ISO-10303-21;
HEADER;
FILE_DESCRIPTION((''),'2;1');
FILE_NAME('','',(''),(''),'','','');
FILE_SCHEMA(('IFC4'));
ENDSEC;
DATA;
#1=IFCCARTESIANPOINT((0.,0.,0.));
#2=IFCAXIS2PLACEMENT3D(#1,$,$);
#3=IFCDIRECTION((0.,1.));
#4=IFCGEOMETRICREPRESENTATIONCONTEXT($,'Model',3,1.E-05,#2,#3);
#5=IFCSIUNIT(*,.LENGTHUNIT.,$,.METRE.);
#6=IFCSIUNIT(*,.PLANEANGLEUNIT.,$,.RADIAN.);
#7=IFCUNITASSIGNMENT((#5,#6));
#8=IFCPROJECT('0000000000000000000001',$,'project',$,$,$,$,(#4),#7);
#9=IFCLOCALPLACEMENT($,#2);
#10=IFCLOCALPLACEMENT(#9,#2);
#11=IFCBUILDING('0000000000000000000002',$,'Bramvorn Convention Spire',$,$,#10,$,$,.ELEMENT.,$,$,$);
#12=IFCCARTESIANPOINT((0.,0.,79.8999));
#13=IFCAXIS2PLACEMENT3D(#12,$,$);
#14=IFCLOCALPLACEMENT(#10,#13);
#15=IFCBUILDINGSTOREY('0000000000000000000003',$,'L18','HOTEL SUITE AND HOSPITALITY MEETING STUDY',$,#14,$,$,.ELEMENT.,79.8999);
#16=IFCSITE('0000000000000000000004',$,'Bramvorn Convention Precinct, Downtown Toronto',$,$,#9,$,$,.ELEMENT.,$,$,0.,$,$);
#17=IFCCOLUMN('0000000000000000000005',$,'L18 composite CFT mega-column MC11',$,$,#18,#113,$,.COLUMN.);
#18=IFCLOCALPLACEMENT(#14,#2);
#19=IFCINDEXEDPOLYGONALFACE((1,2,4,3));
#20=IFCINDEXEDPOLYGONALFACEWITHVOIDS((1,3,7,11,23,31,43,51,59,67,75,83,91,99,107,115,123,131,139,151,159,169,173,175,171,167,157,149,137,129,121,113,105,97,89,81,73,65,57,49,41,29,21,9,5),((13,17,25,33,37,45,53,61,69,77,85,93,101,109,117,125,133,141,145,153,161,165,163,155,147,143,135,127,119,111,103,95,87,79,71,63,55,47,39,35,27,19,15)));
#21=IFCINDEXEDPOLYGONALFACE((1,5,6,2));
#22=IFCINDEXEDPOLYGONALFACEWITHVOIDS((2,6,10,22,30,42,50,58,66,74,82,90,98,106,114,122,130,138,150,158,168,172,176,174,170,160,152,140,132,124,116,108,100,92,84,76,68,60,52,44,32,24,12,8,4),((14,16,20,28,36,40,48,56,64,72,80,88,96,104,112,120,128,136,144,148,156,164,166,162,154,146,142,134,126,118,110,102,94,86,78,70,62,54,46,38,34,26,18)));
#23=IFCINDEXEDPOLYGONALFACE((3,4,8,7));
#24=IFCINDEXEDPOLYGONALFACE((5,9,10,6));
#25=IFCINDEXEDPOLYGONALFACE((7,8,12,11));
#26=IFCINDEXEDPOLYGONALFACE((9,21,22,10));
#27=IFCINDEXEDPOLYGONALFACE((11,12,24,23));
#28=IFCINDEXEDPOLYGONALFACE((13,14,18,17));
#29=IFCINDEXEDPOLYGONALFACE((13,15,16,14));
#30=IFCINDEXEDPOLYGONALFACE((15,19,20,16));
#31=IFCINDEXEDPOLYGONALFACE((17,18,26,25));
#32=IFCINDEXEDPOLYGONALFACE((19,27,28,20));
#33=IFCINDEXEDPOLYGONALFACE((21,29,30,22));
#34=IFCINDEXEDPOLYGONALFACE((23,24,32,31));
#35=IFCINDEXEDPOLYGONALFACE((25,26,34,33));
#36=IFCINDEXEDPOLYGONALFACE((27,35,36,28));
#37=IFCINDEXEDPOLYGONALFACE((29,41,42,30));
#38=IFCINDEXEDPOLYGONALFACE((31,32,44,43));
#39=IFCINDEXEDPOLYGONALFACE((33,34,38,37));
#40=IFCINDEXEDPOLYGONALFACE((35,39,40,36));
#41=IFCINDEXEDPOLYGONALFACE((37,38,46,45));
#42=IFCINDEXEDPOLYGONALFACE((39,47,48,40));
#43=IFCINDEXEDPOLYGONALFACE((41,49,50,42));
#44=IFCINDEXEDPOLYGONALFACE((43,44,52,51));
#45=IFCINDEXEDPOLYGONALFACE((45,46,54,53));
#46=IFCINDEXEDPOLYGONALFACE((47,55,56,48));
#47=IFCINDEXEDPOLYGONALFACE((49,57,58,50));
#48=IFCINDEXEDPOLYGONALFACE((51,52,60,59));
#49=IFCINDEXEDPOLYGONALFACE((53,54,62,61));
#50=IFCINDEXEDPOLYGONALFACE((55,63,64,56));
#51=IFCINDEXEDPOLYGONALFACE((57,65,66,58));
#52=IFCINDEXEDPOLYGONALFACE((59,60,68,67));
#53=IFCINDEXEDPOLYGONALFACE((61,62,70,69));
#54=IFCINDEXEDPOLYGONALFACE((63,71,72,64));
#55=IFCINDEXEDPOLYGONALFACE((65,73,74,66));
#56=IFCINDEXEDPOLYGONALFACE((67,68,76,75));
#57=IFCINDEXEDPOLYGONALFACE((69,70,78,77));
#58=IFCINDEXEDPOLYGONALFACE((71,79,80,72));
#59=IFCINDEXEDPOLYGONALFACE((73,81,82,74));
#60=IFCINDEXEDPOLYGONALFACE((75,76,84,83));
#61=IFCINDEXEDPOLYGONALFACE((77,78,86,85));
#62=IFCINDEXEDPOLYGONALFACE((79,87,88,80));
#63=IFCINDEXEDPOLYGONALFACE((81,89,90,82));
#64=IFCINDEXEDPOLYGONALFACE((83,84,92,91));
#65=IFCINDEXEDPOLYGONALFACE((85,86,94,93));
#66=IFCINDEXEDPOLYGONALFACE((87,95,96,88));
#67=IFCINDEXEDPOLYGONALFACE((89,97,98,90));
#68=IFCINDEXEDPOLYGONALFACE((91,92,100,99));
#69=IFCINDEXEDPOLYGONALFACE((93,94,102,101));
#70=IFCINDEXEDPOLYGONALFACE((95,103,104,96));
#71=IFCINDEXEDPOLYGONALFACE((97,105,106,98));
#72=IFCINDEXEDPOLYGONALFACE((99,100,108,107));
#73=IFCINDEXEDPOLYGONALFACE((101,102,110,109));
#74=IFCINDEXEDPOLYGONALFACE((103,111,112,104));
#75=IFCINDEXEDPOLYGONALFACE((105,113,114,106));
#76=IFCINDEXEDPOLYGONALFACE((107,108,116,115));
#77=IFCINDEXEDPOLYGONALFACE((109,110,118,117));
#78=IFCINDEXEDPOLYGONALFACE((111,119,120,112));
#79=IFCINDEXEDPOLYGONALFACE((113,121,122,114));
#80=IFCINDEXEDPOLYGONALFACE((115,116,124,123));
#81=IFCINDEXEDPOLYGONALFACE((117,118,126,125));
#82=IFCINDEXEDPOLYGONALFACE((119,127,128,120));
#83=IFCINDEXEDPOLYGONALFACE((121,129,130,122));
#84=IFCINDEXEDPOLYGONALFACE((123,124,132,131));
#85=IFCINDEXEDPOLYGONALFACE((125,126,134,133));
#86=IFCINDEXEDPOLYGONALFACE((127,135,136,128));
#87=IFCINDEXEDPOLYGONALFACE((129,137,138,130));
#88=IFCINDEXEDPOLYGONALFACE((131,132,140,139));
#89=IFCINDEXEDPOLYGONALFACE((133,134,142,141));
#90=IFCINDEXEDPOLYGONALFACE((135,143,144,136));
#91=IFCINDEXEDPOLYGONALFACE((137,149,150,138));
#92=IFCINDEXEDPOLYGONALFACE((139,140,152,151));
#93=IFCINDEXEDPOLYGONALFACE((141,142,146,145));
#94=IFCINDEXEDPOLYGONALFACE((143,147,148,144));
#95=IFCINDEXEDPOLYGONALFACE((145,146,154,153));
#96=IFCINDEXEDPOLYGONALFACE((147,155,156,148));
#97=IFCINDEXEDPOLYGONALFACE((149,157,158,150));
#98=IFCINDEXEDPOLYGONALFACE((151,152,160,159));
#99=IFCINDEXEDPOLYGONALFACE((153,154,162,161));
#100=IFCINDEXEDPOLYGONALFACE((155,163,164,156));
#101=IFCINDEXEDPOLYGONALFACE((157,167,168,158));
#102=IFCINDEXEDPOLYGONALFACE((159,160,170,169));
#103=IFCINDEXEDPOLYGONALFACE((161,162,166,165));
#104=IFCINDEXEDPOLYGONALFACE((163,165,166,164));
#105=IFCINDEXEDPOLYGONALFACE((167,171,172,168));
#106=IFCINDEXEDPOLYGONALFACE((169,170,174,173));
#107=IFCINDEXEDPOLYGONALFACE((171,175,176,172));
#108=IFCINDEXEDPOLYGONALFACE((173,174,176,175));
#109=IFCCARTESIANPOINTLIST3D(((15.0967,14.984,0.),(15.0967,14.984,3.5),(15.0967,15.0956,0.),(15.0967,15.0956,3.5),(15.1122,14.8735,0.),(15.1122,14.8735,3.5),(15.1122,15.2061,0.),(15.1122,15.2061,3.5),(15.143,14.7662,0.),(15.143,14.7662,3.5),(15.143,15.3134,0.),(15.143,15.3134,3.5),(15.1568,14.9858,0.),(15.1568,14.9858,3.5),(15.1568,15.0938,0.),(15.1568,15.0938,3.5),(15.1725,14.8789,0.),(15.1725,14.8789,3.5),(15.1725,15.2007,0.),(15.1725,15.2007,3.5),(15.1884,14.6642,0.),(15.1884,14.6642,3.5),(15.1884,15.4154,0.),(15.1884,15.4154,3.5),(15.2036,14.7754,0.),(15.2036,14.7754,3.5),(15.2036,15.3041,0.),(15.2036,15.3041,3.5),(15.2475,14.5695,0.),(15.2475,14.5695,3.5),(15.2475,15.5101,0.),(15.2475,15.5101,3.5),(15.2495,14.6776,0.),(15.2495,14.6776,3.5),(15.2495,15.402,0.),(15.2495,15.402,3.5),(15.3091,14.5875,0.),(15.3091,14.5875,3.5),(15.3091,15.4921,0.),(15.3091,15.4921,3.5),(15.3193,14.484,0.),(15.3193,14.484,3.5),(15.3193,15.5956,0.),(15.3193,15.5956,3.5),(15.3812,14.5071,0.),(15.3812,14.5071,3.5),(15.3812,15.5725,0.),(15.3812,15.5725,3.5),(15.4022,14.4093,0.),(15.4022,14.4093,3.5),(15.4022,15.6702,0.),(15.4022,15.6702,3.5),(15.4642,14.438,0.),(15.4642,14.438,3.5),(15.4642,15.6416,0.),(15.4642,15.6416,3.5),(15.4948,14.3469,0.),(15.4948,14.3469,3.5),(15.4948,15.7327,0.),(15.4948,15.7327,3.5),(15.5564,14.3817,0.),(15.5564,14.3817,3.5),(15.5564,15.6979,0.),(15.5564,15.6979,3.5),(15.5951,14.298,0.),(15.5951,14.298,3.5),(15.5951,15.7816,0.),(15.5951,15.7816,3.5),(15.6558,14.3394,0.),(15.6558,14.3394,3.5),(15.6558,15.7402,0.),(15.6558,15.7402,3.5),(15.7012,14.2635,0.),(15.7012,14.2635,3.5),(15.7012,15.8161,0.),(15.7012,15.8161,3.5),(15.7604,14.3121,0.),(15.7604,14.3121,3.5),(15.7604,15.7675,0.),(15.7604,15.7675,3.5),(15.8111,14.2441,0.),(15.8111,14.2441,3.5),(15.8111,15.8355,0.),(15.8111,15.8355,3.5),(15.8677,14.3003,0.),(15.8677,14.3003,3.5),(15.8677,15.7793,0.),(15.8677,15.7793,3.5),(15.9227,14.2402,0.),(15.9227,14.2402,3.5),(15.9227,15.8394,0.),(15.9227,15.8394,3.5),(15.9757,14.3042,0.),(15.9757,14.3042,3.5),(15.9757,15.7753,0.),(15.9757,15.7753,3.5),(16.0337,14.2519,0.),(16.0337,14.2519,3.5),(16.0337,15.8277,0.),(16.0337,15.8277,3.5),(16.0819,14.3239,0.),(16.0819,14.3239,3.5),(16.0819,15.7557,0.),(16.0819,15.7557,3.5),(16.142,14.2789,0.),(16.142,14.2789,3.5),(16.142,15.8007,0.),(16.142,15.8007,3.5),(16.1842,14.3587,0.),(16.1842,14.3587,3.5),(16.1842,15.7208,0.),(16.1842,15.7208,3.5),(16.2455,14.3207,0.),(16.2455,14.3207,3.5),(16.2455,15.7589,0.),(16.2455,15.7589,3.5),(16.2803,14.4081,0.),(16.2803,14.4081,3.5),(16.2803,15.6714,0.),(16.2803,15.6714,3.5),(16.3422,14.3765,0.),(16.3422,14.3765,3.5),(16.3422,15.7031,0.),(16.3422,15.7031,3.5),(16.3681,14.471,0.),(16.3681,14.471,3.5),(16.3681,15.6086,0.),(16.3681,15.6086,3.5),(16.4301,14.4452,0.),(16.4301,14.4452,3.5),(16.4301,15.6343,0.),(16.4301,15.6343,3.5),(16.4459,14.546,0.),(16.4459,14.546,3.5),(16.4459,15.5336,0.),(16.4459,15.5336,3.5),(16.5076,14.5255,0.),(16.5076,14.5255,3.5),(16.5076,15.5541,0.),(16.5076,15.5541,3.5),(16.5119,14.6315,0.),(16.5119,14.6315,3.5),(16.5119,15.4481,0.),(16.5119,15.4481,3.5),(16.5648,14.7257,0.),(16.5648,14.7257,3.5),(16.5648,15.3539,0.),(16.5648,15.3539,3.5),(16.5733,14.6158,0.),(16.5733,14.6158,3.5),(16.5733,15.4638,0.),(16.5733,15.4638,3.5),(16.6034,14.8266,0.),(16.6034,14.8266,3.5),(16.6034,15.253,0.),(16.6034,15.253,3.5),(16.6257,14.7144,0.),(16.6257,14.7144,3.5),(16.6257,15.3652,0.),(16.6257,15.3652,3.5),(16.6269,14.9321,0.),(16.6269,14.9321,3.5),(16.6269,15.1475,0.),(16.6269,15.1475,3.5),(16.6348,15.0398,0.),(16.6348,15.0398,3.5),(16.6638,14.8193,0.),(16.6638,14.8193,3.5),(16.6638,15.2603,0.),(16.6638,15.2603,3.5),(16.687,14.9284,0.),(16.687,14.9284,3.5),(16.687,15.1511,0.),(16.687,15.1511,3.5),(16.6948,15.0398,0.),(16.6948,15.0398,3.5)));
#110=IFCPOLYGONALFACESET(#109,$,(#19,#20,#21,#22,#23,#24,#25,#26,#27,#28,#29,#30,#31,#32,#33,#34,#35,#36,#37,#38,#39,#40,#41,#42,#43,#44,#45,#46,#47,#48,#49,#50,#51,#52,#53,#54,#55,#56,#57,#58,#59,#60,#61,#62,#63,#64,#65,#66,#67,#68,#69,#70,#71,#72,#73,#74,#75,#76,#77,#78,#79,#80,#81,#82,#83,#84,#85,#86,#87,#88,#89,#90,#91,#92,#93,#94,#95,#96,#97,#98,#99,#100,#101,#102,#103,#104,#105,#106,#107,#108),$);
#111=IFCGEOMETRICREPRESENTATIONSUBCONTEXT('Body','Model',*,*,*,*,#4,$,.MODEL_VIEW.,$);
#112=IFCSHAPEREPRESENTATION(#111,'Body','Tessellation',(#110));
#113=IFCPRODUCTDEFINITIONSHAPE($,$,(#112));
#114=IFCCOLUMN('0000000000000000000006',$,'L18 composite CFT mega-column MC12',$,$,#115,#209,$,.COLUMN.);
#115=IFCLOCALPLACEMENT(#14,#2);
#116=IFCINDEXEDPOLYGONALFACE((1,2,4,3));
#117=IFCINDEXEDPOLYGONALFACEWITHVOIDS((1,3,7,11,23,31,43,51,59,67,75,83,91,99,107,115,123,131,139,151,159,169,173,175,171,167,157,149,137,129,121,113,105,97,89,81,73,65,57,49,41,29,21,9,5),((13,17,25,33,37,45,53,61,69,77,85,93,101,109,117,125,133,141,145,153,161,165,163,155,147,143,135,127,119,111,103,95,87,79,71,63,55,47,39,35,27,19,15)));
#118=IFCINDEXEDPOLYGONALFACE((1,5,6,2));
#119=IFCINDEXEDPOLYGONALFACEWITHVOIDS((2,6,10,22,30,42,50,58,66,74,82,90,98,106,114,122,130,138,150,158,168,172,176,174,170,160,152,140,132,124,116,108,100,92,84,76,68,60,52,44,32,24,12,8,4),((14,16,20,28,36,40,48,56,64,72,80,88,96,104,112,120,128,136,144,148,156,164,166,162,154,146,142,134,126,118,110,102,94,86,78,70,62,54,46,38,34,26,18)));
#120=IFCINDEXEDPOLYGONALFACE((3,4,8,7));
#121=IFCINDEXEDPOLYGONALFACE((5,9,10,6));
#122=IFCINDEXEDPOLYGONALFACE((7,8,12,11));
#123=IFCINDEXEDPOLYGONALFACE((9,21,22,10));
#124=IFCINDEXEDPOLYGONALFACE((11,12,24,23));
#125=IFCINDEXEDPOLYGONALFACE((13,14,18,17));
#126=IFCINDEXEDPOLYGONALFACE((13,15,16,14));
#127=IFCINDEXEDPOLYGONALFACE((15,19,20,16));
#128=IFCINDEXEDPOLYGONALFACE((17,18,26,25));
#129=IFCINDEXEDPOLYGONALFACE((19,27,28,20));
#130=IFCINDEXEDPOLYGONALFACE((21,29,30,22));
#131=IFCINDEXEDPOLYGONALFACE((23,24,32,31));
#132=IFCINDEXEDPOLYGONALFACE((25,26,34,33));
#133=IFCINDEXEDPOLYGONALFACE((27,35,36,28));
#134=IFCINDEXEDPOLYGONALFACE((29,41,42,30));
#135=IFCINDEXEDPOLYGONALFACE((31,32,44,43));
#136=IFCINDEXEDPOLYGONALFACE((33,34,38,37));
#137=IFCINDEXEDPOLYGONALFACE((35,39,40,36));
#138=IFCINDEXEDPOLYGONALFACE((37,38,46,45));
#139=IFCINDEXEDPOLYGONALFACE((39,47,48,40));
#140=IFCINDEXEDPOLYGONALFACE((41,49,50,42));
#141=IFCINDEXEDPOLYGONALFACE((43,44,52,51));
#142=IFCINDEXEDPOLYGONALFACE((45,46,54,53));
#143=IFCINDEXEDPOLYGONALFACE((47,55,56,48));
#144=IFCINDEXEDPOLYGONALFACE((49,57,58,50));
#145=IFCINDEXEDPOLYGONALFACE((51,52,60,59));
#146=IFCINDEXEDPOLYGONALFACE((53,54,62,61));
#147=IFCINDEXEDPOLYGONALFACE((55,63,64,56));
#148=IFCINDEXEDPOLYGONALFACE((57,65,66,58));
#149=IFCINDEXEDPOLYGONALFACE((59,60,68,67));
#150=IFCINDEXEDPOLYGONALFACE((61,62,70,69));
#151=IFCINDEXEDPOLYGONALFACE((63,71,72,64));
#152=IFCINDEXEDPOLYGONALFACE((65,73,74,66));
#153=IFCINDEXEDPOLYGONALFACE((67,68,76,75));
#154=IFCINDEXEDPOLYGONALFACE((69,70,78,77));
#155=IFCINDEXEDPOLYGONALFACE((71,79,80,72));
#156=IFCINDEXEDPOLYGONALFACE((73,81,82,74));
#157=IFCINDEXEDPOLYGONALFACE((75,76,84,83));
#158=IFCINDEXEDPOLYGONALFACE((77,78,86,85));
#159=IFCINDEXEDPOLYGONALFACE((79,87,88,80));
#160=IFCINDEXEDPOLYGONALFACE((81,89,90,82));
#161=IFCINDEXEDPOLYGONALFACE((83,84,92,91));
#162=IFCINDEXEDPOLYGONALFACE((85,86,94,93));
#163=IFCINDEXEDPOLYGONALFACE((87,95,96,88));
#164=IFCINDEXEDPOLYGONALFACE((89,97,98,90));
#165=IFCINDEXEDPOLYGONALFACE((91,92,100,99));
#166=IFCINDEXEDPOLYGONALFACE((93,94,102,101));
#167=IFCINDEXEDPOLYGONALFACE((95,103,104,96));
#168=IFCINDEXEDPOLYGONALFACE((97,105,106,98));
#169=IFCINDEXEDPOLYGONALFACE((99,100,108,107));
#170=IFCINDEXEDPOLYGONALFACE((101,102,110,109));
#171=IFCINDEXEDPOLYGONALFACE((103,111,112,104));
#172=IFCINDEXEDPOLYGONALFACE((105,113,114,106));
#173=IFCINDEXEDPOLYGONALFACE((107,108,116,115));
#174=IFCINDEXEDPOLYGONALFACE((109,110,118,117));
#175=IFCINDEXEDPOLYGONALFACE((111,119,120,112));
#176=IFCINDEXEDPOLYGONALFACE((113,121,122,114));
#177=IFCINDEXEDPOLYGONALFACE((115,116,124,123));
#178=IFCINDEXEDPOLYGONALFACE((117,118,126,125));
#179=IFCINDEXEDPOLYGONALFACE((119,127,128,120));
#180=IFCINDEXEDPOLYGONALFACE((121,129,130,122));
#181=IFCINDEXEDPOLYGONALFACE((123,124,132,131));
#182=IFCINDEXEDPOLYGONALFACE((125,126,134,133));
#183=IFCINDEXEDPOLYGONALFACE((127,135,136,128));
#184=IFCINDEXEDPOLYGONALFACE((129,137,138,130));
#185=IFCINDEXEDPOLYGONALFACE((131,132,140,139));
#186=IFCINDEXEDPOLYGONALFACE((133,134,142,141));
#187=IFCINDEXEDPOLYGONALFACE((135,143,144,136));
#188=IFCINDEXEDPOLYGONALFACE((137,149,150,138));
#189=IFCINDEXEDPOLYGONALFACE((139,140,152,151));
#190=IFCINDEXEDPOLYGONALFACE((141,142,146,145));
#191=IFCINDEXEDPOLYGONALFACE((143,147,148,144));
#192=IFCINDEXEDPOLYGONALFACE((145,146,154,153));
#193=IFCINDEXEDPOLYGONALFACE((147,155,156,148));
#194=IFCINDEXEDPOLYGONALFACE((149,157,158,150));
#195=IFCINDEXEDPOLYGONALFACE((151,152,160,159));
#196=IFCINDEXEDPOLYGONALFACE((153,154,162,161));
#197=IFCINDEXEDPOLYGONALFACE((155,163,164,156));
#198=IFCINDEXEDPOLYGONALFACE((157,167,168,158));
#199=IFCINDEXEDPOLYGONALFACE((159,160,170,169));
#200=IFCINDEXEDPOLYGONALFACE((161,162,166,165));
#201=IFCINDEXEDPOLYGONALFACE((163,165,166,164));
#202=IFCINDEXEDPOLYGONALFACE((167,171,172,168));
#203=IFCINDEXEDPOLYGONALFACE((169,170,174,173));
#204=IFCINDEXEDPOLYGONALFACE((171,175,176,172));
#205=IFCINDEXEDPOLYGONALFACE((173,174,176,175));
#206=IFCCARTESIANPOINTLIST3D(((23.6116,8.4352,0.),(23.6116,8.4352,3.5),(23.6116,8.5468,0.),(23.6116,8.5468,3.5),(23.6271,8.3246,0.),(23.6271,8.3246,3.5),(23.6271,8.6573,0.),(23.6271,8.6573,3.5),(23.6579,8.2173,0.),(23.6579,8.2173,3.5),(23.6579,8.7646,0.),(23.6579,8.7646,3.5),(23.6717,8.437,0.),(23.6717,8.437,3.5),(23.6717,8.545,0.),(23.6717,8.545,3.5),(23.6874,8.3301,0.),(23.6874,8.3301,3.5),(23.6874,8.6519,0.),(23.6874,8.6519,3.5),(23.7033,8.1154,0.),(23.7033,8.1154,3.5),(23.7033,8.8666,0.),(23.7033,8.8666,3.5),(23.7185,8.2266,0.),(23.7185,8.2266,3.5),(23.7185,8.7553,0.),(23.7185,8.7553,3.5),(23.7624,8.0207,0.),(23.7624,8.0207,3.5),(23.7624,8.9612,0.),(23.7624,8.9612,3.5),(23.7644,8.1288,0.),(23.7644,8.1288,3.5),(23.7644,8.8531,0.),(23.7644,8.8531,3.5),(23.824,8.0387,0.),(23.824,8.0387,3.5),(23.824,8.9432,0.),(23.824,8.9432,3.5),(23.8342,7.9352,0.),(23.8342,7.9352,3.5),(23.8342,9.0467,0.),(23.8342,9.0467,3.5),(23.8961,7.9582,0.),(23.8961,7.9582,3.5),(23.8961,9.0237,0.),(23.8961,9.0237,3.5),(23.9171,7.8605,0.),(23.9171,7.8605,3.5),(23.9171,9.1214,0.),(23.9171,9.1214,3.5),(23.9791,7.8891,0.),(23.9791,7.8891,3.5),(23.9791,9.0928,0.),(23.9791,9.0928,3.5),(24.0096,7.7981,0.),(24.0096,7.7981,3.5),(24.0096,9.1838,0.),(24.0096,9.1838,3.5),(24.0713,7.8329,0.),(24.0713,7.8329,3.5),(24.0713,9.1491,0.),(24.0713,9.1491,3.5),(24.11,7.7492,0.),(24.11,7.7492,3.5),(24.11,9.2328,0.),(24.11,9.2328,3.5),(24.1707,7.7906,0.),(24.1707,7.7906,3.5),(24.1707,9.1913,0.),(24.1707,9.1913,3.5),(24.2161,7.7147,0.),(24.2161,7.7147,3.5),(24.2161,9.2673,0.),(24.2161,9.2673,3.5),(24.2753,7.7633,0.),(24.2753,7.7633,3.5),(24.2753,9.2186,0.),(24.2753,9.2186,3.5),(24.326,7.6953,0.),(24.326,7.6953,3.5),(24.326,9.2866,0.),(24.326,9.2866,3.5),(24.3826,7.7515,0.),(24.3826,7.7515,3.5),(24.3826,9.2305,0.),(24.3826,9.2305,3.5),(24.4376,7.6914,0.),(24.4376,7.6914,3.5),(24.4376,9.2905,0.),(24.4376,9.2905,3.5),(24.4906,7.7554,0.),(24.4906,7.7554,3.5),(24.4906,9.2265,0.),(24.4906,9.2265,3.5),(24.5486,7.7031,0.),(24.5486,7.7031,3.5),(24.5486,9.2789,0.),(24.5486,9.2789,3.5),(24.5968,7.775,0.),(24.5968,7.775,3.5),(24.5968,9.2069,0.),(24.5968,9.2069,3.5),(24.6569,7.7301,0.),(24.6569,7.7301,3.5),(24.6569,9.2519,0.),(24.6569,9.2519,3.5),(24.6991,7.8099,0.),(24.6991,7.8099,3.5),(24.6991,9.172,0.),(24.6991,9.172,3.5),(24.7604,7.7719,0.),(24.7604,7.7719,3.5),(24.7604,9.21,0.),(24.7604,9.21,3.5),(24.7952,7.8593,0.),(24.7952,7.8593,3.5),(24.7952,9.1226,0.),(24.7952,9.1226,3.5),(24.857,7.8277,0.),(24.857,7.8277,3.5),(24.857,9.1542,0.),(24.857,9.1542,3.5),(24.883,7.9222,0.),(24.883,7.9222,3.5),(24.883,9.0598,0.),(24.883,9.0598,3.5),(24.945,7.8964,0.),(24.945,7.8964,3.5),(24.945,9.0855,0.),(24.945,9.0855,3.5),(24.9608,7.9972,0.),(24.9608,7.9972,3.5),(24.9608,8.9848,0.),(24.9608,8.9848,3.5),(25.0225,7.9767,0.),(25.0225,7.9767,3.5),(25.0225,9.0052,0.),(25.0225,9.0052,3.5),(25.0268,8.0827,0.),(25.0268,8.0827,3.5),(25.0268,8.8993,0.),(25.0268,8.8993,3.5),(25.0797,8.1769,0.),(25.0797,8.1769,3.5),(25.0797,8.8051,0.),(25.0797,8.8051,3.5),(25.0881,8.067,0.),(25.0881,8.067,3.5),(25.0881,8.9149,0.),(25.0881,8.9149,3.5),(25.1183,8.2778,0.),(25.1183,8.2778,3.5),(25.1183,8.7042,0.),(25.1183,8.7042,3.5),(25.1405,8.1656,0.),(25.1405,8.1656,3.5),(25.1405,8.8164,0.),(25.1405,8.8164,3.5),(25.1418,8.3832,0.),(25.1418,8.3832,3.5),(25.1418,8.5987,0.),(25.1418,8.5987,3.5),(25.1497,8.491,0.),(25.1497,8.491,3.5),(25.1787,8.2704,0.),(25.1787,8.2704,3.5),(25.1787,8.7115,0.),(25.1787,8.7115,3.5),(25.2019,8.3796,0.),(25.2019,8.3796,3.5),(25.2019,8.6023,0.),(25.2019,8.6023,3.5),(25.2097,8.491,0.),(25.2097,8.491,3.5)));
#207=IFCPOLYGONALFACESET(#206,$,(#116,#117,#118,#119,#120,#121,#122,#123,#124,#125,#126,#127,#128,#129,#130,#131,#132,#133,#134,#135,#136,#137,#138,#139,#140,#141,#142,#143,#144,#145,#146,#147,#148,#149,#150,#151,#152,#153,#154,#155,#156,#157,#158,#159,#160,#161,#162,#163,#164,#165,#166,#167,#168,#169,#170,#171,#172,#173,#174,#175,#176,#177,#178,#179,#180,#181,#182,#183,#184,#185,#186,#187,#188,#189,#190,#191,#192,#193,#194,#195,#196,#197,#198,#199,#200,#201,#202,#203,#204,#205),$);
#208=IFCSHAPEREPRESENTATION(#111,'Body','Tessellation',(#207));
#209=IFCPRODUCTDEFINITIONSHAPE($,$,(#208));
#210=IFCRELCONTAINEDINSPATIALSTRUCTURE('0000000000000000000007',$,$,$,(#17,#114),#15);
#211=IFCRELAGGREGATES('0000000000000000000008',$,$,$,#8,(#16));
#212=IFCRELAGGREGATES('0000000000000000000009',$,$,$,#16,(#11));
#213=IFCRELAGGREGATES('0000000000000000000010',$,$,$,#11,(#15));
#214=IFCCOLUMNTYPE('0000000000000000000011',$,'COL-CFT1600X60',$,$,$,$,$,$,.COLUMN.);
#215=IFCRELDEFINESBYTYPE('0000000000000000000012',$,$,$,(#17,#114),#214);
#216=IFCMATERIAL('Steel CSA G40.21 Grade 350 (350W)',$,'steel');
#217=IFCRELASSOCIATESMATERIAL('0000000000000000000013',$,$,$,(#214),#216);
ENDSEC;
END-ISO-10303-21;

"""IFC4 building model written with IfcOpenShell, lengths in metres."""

from ifc_helpers import new_model, si_unit, direction, frame, origin, origin_2d, place, context, subcontext, project, spatial, hollow_circle, extrude, material, material_profile, profile_set, type_object, element, save


model = new_model("IFC4")

# Units and contexts
model_context = context("Model", 3, precision=1e-05, world=origin(), true_north=direction((0.0, 1.0)))
body_context = subcontext(model_context, "Body", "Model", "MODEL_VIEW")
ifc_project = project(units=[si_unit("LENGTHUNIT", "METRE"), si_unit("PLANEANGLEUNIT", "RADIAN")], contexts=[model_context])

# Site, building, storey
site_placement = place(None, origin())
site = spatial("IfcSite", under=ifc_project, at=site_placement, Name="Bramvorn Convention Precinct, Downtown Toronto", CompositionType="ELEMENT", RefElevation=0.0)
building_placement = place(site_placement, origin())
building = spatial("IfcBuilding", under=site, at=building_placement, Name="Bramvorn Convention Spire", CompositionType="ELEMENT")
storey_placement = place(building_placement, frame((0.0, 0.0, 79.8999)))
storey = spatial("IfcBuildingStorey", under=building, at=storey_placement, Name="L18", Description="HOTEL SUITE AND HOSPITALITY MEETING STUDY", CompositionType="ELEMENT", Elevation=79.8999)

# Columns
ifc_material_1 = material(Name="Steel CSA G40.21 Grade 350 (350W)", Category="steel")
ifc_material_profile_1 = material_profile(ifc_material_1, hollow_circle(Radius=0.8, WallThickness=0.0601, at=origin_2d()))
ifc_profile_set_1 = profile_set([ifc_material_profile_1], Name="Steel CSA G40.21 Grade 350 (350W) - CFT1600X60")
column_type = type_object("IfcColumnType", Name="COL-CFT1600X60", PredefinedType="COLUMN", material=ifc_profile_set_1)
for number, where, z_axis, x_axis, name in (
    (1, (15.8948, 15.0398, 0.0), (0.0, 0.0, 1.0), (1.0, 0.0, 0.0), "L18 composite CFT mega-column MC11"),
    (2, (24.4097, 8.491, 0.0), (0.0, 0.0, 1.0), (1.0, 0.0, 0.0), "L18 composite CFT mega-column MC12"),
):
    element("IfcColumn", number, at=place(storey_placement, frame(where, z_axis=z_axis, x_axis=x_axis)), inside=storey, type_object=column_type, Name=name, PredefinedType="COLUMN", context=body_context, shape_type="SweptSolid", body=[
        extrude(hollow_circle(Radius=0.8, WallThickness=0.0601, at=origin_2d()), origin(), (0.0, 0.0, 1.0), 3.5),
    ])

save(model, "model.ifc")
